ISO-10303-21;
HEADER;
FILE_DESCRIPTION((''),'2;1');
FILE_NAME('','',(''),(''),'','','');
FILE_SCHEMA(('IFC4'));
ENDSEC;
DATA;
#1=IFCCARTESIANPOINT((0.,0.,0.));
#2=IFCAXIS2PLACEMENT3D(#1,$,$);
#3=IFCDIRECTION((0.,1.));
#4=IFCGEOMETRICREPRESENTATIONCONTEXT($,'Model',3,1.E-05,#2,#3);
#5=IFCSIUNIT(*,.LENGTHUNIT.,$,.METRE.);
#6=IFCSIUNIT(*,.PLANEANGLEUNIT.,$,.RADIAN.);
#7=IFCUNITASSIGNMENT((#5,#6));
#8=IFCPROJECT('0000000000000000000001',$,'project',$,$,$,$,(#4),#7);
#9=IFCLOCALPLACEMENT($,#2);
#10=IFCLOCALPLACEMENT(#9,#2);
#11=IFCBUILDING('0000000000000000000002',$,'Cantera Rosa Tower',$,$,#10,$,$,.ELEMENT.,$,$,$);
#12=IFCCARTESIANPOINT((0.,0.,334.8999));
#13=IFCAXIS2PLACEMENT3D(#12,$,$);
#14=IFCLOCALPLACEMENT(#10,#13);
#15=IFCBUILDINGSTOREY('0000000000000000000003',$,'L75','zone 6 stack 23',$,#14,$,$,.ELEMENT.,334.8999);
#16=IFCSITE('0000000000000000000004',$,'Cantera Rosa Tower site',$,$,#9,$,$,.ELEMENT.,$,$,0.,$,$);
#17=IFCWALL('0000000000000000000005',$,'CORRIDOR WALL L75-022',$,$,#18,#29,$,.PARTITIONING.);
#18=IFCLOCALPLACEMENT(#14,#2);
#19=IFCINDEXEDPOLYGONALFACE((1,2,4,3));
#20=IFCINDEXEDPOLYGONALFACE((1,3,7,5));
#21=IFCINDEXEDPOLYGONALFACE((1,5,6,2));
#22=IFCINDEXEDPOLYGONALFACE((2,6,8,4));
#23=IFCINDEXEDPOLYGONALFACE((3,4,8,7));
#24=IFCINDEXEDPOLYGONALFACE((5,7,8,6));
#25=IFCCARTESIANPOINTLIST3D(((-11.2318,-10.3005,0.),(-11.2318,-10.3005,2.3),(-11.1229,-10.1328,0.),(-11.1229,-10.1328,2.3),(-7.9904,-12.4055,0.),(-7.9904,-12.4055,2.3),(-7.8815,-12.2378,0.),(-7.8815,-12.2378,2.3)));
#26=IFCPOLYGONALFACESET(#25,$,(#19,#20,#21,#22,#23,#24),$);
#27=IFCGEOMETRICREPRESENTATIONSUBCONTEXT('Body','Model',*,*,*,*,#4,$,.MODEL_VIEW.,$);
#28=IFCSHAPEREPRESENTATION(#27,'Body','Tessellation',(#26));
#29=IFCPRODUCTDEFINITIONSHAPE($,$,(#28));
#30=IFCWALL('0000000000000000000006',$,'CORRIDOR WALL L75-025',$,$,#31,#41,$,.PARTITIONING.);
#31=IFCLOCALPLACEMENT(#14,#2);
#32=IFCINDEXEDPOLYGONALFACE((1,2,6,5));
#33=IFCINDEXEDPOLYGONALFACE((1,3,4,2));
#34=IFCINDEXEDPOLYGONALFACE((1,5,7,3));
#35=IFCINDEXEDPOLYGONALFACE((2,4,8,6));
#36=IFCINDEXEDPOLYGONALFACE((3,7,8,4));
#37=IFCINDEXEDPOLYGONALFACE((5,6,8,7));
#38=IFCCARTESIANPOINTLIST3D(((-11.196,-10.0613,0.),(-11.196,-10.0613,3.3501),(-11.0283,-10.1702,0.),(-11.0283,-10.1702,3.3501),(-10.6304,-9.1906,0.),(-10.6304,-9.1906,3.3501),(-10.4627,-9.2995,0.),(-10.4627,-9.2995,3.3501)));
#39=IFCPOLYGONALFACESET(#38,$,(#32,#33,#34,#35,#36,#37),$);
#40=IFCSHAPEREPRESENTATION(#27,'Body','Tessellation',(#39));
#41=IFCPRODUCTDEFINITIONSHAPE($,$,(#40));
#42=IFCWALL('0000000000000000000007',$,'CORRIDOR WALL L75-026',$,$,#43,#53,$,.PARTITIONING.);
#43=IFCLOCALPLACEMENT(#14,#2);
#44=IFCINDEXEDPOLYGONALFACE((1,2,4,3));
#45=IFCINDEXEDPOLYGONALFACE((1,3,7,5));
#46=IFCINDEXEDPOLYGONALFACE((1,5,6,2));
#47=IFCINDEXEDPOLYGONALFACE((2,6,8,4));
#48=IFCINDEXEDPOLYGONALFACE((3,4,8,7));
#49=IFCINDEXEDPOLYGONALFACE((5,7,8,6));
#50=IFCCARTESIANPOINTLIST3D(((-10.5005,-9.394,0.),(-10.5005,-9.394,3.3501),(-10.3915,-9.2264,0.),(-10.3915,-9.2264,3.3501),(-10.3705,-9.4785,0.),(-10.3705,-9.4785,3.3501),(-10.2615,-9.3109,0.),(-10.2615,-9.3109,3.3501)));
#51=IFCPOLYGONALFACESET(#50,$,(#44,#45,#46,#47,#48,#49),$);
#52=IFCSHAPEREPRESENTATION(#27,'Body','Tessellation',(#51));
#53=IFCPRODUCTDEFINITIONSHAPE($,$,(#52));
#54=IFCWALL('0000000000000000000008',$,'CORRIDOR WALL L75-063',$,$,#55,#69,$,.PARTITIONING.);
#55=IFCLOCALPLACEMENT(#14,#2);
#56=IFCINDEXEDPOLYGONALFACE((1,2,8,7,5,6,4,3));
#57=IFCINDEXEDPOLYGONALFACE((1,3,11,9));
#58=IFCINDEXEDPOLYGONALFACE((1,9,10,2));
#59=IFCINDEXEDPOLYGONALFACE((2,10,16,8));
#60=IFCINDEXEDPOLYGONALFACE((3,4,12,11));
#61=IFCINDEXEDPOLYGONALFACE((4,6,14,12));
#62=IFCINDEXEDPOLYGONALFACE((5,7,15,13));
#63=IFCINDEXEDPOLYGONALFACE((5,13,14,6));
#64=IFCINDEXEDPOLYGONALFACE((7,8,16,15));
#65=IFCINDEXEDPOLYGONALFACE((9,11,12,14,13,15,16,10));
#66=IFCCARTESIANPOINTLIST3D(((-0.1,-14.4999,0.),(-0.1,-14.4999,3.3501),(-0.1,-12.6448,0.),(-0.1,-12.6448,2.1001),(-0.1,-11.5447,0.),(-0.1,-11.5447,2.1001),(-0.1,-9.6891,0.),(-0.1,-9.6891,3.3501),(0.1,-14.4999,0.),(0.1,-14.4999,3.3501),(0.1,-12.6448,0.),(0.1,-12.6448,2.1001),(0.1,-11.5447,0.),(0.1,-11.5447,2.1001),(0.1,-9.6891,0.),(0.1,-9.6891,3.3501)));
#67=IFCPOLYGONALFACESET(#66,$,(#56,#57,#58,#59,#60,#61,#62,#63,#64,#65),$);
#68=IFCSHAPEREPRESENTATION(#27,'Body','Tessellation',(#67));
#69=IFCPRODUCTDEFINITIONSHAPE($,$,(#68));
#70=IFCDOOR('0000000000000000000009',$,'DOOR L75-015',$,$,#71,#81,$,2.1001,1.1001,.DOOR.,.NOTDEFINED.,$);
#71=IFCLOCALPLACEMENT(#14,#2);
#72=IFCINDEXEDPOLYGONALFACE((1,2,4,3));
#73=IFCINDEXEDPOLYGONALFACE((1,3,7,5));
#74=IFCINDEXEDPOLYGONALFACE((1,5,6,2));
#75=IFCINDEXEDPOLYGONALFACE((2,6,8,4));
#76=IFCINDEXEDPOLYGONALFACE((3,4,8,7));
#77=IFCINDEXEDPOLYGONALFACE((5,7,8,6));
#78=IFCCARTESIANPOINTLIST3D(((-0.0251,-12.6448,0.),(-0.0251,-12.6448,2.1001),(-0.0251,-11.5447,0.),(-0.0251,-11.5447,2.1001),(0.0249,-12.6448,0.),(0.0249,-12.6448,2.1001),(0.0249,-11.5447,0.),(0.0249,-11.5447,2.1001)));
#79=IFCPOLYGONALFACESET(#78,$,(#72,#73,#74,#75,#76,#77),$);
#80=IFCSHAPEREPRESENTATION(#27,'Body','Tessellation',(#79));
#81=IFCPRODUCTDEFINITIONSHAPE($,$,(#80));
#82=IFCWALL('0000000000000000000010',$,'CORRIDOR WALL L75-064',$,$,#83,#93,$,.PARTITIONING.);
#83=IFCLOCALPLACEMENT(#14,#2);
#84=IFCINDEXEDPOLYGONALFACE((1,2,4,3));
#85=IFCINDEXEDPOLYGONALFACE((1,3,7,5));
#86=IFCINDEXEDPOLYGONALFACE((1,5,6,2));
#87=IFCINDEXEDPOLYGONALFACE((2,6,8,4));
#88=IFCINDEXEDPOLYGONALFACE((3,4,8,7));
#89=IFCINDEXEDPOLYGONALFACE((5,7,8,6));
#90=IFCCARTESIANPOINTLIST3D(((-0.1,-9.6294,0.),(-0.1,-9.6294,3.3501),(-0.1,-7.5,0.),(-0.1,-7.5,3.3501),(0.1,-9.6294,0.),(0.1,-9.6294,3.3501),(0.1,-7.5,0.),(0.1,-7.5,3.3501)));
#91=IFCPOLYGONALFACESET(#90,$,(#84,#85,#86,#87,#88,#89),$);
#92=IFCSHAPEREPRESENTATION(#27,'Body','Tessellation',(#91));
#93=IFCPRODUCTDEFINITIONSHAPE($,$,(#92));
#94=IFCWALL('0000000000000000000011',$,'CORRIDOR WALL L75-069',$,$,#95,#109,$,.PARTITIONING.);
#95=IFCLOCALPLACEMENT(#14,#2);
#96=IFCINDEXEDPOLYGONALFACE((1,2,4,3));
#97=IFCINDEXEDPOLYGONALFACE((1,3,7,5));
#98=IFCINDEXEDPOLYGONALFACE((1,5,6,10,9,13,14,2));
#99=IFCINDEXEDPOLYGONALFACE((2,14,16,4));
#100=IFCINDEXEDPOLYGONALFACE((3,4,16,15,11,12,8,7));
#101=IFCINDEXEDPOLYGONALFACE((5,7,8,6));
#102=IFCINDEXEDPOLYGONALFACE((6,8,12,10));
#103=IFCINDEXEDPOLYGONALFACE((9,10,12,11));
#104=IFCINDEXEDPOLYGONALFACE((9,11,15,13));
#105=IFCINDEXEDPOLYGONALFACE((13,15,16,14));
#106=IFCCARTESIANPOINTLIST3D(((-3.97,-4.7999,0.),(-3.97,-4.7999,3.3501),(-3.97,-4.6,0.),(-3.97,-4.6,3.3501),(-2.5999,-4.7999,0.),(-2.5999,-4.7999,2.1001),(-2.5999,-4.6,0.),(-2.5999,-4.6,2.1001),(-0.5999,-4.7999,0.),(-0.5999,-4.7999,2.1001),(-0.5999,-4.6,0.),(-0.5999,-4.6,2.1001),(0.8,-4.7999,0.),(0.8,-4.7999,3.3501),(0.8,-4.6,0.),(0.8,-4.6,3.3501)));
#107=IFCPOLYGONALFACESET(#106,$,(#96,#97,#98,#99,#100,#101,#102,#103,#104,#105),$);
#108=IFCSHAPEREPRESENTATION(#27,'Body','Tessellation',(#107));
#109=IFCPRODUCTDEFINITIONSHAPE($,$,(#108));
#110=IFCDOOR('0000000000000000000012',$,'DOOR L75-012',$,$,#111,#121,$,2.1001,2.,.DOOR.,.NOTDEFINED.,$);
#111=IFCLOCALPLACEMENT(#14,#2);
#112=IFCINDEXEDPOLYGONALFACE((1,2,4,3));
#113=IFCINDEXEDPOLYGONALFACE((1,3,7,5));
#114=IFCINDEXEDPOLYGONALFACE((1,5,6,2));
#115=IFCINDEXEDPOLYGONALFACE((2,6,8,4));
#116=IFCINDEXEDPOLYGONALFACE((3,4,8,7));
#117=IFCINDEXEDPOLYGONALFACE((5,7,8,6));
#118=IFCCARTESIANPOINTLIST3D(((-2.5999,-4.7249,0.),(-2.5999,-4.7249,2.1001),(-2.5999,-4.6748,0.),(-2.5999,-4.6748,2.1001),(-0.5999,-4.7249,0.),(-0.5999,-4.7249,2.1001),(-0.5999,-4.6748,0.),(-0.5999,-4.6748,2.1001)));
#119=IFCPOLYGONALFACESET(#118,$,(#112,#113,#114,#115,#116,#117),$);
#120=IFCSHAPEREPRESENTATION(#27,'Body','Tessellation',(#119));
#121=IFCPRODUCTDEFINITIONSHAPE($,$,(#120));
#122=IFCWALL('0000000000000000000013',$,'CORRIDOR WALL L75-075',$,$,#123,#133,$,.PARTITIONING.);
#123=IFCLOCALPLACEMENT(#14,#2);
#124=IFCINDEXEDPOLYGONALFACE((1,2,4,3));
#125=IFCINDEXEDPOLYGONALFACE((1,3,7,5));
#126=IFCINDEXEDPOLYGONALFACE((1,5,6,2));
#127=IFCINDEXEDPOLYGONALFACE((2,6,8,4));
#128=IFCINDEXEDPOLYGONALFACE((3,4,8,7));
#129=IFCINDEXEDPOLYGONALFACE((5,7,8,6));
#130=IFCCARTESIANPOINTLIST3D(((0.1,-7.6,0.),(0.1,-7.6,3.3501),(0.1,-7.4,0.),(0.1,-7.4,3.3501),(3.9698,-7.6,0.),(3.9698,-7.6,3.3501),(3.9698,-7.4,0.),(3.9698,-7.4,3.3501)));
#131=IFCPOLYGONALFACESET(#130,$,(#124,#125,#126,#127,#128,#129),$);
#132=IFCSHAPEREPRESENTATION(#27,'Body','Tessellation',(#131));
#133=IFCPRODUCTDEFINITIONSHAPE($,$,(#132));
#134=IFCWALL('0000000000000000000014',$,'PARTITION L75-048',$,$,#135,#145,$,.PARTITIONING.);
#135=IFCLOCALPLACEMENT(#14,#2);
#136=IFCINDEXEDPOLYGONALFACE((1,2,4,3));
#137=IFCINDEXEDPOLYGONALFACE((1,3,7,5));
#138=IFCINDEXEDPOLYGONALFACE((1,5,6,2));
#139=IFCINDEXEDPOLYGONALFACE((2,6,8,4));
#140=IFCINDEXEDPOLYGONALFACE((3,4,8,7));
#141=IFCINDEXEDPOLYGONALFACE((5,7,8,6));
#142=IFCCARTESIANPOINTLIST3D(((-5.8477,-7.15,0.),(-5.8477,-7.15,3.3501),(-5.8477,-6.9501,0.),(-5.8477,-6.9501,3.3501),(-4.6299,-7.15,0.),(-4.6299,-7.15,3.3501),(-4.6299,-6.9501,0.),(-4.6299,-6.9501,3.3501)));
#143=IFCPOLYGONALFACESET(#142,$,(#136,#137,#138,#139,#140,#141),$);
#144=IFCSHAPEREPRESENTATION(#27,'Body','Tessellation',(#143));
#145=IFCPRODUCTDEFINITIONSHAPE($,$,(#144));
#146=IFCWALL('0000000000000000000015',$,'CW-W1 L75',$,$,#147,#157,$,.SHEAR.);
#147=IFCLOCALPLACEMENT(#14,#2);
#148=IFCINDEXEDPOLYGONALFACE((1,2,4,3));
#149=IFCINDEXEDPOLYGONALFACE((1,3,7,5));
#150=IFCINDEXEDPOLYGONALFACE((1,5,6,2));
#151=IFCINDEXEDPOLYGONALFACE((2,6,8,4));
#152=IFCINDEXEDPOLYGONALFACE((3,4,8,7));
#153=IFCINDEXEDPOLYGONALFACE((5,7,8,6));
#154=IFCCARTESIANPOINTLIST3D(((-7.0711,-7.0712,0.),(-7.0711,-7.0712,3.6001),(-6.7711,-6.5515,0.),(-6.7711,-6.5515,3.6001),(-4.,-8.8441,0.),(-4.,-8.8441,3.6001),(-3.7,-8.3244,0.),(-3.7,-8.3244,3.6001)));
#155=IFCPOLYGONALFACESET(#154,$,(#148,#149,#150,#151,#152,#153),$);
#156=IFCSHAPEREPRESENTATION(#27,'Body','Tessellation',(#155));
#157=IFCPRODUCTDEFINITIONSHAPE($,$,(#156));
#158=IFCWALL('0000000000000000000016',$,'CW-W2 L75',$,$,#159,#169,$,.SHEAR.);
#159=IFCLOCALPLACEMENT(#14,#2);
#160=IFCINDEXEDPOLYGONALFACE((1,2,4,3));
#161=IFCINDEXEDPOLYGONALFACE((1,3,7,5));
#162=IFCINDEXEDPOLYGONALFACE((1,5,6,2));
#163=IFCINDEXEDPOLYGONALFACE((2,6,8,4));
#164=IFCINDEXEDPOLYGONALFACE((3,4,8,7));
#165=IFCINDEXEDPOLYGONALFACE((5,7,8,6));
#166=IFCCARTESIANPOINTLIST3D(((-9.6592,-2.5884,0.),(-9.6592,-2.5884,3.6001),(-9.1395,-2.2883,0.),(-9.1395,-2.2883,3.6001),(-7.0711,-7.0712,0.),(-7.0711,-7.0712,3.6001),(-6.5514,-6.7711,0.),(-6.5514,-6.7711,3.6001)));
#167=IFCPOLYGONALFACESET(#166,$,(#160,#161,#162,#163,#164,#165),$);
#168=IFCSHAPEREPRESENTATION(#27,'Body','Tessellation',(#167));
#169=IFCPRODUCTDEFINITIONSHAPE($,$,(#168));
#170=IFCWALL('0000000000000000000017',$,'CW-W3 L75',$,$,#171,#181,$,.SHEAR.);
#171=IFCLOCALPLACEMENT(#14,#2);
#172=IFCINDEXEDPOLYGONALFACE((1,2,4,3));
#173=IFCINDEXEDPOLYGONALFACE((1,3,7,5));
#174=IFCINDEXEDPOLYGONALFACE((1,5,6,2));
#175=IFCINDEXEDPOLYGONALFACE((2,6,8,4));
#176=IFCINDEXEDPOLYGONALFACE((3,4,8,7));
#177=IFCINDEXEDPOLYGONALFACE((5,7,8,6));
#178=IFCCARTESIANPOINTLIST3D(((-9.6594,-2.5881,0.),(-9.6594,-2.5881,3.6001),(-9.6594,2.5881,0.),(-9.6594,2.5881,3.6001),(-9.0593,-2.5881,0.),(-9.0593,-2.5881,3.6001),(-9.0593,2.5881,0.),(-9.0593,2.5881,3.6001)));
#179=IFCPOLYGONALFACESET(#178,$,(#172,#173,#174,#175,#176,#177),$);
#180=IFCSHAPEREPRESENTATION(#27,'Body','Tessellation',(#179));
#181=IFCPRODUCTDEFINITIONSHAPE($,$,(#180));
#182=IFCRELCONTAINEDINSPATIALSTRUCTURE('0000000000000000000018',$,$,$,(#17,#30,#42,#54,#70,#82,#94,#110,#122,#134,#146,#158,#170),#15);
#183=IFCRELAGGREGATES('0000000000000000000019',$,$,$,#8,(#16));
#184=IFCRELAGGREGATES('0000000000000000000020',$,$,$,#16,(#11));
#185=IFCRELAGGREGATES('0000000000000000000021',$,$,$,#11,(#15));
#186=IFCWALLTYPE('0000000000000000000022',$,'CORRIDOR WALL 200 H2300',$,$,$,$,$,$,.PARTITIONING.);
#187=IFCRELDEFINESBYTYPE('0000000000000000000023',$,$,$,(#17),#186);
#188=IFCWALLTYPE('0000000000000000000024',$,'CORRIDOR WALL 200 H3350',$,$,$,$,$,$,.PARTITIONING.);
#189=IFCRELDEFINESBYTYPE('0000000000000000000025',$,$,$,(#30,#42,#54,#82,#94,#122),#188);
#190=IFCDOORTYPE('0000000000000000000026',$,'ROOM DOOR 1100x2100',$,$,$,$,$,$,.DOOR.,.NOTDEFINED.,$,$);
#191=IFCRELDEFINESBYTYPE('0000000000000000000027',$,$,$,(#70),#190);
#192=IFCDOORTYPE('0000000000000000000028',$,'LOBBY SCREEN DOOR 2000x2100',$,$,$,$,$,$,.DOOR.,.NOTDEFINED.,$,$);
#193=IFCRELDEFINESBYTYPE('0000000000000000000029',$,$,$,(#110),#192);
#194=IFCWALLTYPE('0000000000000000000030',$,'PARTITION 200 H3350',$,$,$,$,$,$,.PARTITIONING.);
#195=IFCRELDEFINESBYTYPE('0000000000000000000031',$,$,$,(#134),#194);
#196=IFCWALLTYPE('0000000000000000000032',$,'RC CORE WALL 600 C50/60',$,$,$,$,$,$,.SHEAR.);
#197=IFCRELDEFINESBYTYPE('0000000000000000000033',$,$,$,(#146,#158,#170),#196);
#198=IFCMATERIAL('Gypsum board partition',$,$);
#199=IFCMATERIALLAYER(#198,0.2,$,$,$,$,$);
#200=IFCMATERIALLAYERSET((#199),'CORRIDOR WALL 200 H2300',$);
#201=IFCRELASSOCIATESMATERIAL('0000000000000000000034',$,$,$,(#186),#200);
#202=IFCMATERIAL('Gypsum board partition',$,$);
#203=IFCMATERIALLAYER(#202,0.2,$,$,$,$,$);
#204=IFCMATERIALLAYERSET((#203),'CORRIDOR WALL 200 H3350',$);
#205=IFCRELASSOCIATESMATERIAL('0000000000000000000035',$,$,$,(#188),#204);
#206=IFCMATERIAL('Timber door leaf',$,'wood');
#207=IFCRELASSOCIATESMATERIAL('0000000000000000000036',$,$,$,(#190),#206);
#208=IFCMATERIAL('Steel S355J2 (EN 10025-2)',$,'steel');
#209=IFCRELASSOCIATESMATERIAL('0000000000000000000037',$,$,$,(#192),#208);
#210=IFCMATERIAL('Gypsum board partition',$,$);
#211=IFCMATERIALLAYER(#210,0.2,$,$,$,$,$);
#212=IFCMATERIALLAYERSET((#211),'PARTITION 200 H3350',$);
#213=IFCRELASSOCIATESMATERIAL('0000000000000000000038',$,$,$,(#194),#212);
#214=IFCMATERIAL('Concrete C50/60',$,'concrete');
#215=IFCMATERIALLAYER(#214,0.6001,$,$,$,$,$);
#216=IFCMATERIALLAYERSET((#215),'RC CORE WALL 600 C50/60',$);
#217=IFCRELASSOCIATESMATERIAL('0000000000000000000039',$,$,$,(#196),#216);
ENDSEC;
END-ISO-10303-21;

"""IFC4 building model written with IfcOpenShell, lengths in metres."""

from ifc_helpers import new_model, si_unit, direction, frame, frame_2d, origin, place, context, subcontext, project, spatial, rectangle, extrude, material, layer, layer_set, type_object, element, fill, save


model = new_model("IFC4")

# Units and contexts
model_context = context("Model", 3, precision=1e-05, world=origin(), true_north=direction((0.0, 1.0)))
body_context = subcontext(model_context, "Body", "Model", "MODEL_VIEW")
ifc_project = project(units=[si_unit("LENGTHUNIT", "METRE"), si_unit("PLANEANGLEUNIT", "RADIAN")], contexts=[model_context])

# Site, building, storey
site_placement = place(None, origin())
site = spatial("IfcSite", under=ifc_project, at=site_placement, Name="Cantera Rosa Tower site", CompositionType="ELEMENT", RefElevation=0.0)
building_placement = place(site_placement, origin())
building = spatial("IfcBuilding", under=site, at=building_placement, Name="Cantera Rosa Tower", CompositionType="ELEMENT")
storey_placement = place(building_placement, frame((0.0, 0.0, 334.8999)))
storey = spatial("IfcBuildingStorey", under=building, at=storey_placement, Name="L75", Description="zone 6 stack 23", CompositionType="ELEMENT", Elevation=334.8999)

# Walls
ifc_material_1 = material(Name="Gypsum board partition")
ifc_layer_1 = layer(ifc_material_1, 0.2)
ifc_layer_set_1 = layer_set([ifc_layer_1], Name="CORRIDOR WALL 200 H2300")
wall_type_1 = type_object("IfcWallType", Name="CORRIDOR WALL 200 H2300", PredefinedType="PARTITIONING", material=ifc_layer_set_1)
wall_1_placement = place(storey_placement, frame((-11.1775, -10.2166, 0.0), z_axis=(0.0, 0.0, 1.0), x_axis=(0.838676, -0.544631, 0.0)))
element("IfcWall", 1, at=wall_1_placement, inside=storey, type_object=wall_type_1, Name="CORRIDOR WALL L75-022", PredefinedType="PARTITIONING", context=body_context, shape_type="SweptSolid", body=[
    extrude(rectangle(XDim=3.865, YDim=0.2, at=frame_2d((1.9326, 0.0))), origin(), (0.0, 0.0, 1.0), 2.3),
])
ifc_material_2 = material(Name="Gypsum board partition")
ifc_layer_2 = layer(ifc_material_2, 0.2)
ifc_layer_set_2 = layer_set([ifc_layer_2], Name="CORRIDOR WALL 200 H3350")
wall_type_2 = type_object("IfcWallType", Name="CORRIDOR WALL 200 H3350", PredefinedType="PARTITIONING", material=ifc_layer_set_2)
wall_2_placement = place(storey_placement, frame((-10.5466, -9.2451, 0.0), z_axis=(0.0, 0.0, 1.0), x_axis=(-0.544732, -0.83861, 0.0)))
element("IfcWall", 2, at=wall_2_placement, inside=storey, type_object=wall_type_2, Name="CORRIDOR WALL L75-025", PredefinedType="PARTITIONING", context=body_context, shape_type="SweptSolid", body=[
    extrude(rectangle(XDim=1.0383, YDim=0.2, at=frame_2d((0.519, 0.0))), origin(), (0.0, 0.0, 1.0), 3.3501),
])
wall_3_placement = place(storey_placement, frame((-10.3159, -9.3948, 0.0), z_axis=(0.0, 0.0, 1.0), x_axis=(-0.8383, 0.54521, 0.0)))
element("IfcWall", 3, at=wall_3_placement, inside=storey, type_object=wall_type_2, Name="CORRIDOR WALL L75-026", PredefinedType="PARTITIONING", context=body_context, shape_type="SweptSolid", body=[
    extrude(rectangle(XDim=0.155, YDim=0.2, at=frame_2d((0.0776, 0.0))), origin(), (0.0, 0.0, 1.0), 3.3501),
])

# Wall, opening, door
wall_4_placement = place(storey_placement, frame((0.0, -9.6892, 0.0), z_axis=(0.0, 0.0, 1.0), x_axis=(0.0, -1.0, 0.0)))
wall_4 = element("IfcWall", 4, at=wall_4_placement, inside=storey, type_object=wall_type_2, Name="CORRIDOR WALL L75-063", PredefinedType="PARTITIONING", context=body_context, shape_type="SweptSolid", body=[
    extrude(rectangle(XDim=4.8108, YDim=0.2, at=frame_2d((2.4053, 0.0))), origin(), (0.0, 0.0, 1.0), 3.3501),
])
opening_1_placement = place(wall_4_placement, frame((1.8555, 0.0, 0.0)))
opening_1 = element("IfcOpeningElement", 5, at=opening_1_placement, cuts=wall_4, PredefinedType="OPENING", context=body_context, shape_type="SweptSolid", body=[
    extrude(rectangle(XDim=1.1001, YDim=2.1001, at=frame_2d((0.55, 1.05))), frame((0.0, 0.1099, 0.0), z_axis=(0.0, -1.0, 0.0), x_axis=(1.0, 0.0, 0.0)), (0.0, 0.0, 1.0), 0.22),
])
ifc_material_3 = material(Name="Timber door leaf", Category="wood")
door_type_1 = type_object("IfcDoorType", Name="ROOM DOOR 1100x2100", OperationType="NOTDEFINED", PredefinedType="DOOR", material=ifc_material_3)
door_1_placement = place(opening_1_placement, origin())
door_1 = element("IfcDoor", 6, at=door_1_placement, inside=storey, type_object=door_type_1, Name="DOOR L75-015", OperationType="NOTDEFINED", OverallHeight=2.1001, OverallWidth=1.1001, PredefinedType="DOOR", context=body_context, shape_type="SweptSolid", body=[
    extrude(rectangle(XDim=1.1001, YDim=2.1001, at=frame_2d((0.55, 1.05))), frame((0.0, 0.0249, 0.0), z_axis=(0.0, -1.0, 0.0), x_axis=(1.0, 0.0, 0.0)), (0.0, 0.0, 1.0), 0.05),
])
fill(opening_1, door_1)

# Wall
wall_5_placement = place(storey_placement, frame((0.0, -7.5, 0.0), z_axis=(0.0, 0.0, 1.0), x_axis=(0.0, -1.0, 0.0)))
element("IfcWall", 7, at=wall_5_placement, inside=storey, type_object=wall_type_2, Name="CORRIDOR WALL L75-064", PredefinedType="PARTITIONING", context=body_context, shape_type="SweptSolid", body=[
    extrude(rectangle(XDim=2.1294, YDim=0.2, at=frame_2d((1.0647, 0.0))), origin(), (0.0, 0.0, 1.0), 3.3501),
])

# Wall, opening, door
wall_6_placement = place(storey_placement, frame((0.8, -4.7, 0.0), z_axis=(0.0, 0.0, 1.0), x_axis=(-1.0, 0.0, 0.0)))
wall_6 = element("IfcWall", 8, at=wall_6_placement, inside=storey, type_object=wall_type_2, Name="CORRIDOR WALL L75-069", PredefinedType="PARTITIONING", context=body_context, shape_type="SweptSolid", body=[
    extrude(rectangle(XDim=4.77, YDim=0.2, at=frame_2d((2.385, 0.0))), origin(), (0.0, 0.0, 1.0), 3.3501),
])
opening_2_placement = place(wall_6_placement, frame((1.3999, 0.0, 0.0)))
opening_2 = element("IfcOpeningElement", 9, at=opening_2_placement, cuts=wall_6, PredefinedType="OPENING", context=body_context, shape_type="SweptSolid", body=[
    extrude(rectangle(XDim=2.0, YDim=2.1001, at=frame_2d((1.0, 1.05))), frame((0.0, 0.1099, 0.0), z_axis=(0.0, -1.0, 0.0), x_axis=(1.0, 0.0, 0.0)), (0.0, 0.0, 1.0), 0.22),
])
ifc_material_4 = material(Name="Steel S355J2 (EN 10025-2)", Category="steel")
door_type_2 = type_object("IfcDoorType", Name="LOBBY SCREEN DOOR 2000x2100", OperationType="NOTDEFINED", PredefinedType="DOOR", material=ifc_material_4)
door_2_placement = place(opening_2_placement, origin())
door_2 = element("IfcDoor", 10, at=door_2_placement, inside=storey, type_object=door_type_2, Name="DOOR L75-012", OperationType="NOTDEFINED", OverallHeight=2.1001, OverallWidth=2.0, PredefinedType="DOOR", context=body_context, shape_type="SweptSolid", body=[
    extrude(rectangle(XDim=2.0, YDim=2.1001, at=frame_2d((1.0, 1.05))), frame((0.0, 0.0249, 0.0), z_axis=(0.0, -1.0, 0.0), x_axis=(1.0, 0.0, 0.0)), (0.0, 0.0, 1.0), 0.05),
])
fill(opening_2, door_2)

# Walls
wall_7_placement = place(storey_placement, frame((3.97, -7.5, 0.0), z_axis=(0.0, 0.0, 1.0), x_axis=(-1.0, 0.0, 0.0)))
element("IfcWall", 11, at=wall_7_placement, inside=storey, type_object=wall_type_2, Name="CORRIDOR WALL L75-075", PredefinedType="PARTITIONING", context=body_context, shape_type="SweptSolid", body=[
    extrude(rectangle(XDim=3.8699, YDim=0.2, at=frame_2d((1.9351, 0.0))), origin(), (0.0, 0.0, 1.0), 3.3501),
])
ifc_material_5 = material(Name="Gypsum board partition")
ifc_layer_3 = layer(ifc_material_5, 0.2)
ifc_layer_set_3 = layer_set([ifc_layer_3], Name="PARTITION 200 H3350")
wall_type_3 = type_object("IfcWallType", Name="PARTITION 200 H3350", PredefinedType="PARTITIONING", material=ifc_layer_set_3)
wall_8_placement = place(storey_placement, frame((-4.6299, -7.05, 0.0), z_axis=(0.0, 0.0, 1.0), x_axis=(-1.0, 0.0, 0.0)))
element("IfcWall", 12, at=wall_8_placement, inside=storey, type_object=wall_type_3, Name="PARTITION L75-048", PredefinedType="PARTITIONING", context=body_context, shape_type="SweptSolid", body=[
    extrude(rectangle(XDim=1.2178, YDim=0.2, at=frame_2d((0.6089, 0.0))), origin(), (0.0, 0.0, 1.0), 3.3501),
])
ifc_material_6 = material(Name="Concrete C50/60", Category="concrete")
ifc_layer_4 = layer(ifc_material_6, 0.6001)
ifc_layer_set_4 = layer_set([ifc_layer_4], Name="RC CORE WALL 600 C50/60")
wall_type_4 = type_object("IfcWallType", Name="RC CORE WALL 600 C50/60", PredefinedType="SHEAR", material=ifc_layer_set_4)
wall_9_placement = place(storey_placement, frame((-3.8501, -8.5842, 0.0), z_axis=(0.0, 0.0, 1.0), x_axis=(-0.86604, 0.499975, 0.0)))
element("IfcWall", 13, at=wall_9_placement, inside=storey, type_object=wall_type_4, Name="CW-W1 L75", PredefinedType="SHEAR", context=body_context, shape_type="SweptSolid", body=[
    extrude(rectangle(XDim=3.5461, YDim=0.6001, at=frame_2d((1.7729, 0.0))), origin(), (0.0, 0.0, 1.0), 3.6001),
])
for number, where, z_axis, x_axis, name in (
    (14, (-6.8113, -6.9211, 0.0), (0.0, 0.0, 1.0), (-0.499989, 0.866032, 0.0), "CW-W2 L75"),
    (15, (-9.3594, -2.5881, 0.0), (0.0, 0.0, 1.0), (0.0, 1.0, 0.0), "CW-W3 L75"),
):
    element("IfcWall", number, at=place(storey_placement, frame(where, z_axis=z_axis, x_axis=x_axis)), inside=storey, type_object=wall_type_4, Name=name, PredefinedType="SHEAR", context=body_context, shape_type="SweptSolid", body=[
        extrude(rectangle(XDim=5.1763, YDim=0.6001, at=frame_2d((2.5881, 0.0))), origin(), (0.0, 0.0, 1.0), 3.6001),
    ])

save(model, "model.ifc")
